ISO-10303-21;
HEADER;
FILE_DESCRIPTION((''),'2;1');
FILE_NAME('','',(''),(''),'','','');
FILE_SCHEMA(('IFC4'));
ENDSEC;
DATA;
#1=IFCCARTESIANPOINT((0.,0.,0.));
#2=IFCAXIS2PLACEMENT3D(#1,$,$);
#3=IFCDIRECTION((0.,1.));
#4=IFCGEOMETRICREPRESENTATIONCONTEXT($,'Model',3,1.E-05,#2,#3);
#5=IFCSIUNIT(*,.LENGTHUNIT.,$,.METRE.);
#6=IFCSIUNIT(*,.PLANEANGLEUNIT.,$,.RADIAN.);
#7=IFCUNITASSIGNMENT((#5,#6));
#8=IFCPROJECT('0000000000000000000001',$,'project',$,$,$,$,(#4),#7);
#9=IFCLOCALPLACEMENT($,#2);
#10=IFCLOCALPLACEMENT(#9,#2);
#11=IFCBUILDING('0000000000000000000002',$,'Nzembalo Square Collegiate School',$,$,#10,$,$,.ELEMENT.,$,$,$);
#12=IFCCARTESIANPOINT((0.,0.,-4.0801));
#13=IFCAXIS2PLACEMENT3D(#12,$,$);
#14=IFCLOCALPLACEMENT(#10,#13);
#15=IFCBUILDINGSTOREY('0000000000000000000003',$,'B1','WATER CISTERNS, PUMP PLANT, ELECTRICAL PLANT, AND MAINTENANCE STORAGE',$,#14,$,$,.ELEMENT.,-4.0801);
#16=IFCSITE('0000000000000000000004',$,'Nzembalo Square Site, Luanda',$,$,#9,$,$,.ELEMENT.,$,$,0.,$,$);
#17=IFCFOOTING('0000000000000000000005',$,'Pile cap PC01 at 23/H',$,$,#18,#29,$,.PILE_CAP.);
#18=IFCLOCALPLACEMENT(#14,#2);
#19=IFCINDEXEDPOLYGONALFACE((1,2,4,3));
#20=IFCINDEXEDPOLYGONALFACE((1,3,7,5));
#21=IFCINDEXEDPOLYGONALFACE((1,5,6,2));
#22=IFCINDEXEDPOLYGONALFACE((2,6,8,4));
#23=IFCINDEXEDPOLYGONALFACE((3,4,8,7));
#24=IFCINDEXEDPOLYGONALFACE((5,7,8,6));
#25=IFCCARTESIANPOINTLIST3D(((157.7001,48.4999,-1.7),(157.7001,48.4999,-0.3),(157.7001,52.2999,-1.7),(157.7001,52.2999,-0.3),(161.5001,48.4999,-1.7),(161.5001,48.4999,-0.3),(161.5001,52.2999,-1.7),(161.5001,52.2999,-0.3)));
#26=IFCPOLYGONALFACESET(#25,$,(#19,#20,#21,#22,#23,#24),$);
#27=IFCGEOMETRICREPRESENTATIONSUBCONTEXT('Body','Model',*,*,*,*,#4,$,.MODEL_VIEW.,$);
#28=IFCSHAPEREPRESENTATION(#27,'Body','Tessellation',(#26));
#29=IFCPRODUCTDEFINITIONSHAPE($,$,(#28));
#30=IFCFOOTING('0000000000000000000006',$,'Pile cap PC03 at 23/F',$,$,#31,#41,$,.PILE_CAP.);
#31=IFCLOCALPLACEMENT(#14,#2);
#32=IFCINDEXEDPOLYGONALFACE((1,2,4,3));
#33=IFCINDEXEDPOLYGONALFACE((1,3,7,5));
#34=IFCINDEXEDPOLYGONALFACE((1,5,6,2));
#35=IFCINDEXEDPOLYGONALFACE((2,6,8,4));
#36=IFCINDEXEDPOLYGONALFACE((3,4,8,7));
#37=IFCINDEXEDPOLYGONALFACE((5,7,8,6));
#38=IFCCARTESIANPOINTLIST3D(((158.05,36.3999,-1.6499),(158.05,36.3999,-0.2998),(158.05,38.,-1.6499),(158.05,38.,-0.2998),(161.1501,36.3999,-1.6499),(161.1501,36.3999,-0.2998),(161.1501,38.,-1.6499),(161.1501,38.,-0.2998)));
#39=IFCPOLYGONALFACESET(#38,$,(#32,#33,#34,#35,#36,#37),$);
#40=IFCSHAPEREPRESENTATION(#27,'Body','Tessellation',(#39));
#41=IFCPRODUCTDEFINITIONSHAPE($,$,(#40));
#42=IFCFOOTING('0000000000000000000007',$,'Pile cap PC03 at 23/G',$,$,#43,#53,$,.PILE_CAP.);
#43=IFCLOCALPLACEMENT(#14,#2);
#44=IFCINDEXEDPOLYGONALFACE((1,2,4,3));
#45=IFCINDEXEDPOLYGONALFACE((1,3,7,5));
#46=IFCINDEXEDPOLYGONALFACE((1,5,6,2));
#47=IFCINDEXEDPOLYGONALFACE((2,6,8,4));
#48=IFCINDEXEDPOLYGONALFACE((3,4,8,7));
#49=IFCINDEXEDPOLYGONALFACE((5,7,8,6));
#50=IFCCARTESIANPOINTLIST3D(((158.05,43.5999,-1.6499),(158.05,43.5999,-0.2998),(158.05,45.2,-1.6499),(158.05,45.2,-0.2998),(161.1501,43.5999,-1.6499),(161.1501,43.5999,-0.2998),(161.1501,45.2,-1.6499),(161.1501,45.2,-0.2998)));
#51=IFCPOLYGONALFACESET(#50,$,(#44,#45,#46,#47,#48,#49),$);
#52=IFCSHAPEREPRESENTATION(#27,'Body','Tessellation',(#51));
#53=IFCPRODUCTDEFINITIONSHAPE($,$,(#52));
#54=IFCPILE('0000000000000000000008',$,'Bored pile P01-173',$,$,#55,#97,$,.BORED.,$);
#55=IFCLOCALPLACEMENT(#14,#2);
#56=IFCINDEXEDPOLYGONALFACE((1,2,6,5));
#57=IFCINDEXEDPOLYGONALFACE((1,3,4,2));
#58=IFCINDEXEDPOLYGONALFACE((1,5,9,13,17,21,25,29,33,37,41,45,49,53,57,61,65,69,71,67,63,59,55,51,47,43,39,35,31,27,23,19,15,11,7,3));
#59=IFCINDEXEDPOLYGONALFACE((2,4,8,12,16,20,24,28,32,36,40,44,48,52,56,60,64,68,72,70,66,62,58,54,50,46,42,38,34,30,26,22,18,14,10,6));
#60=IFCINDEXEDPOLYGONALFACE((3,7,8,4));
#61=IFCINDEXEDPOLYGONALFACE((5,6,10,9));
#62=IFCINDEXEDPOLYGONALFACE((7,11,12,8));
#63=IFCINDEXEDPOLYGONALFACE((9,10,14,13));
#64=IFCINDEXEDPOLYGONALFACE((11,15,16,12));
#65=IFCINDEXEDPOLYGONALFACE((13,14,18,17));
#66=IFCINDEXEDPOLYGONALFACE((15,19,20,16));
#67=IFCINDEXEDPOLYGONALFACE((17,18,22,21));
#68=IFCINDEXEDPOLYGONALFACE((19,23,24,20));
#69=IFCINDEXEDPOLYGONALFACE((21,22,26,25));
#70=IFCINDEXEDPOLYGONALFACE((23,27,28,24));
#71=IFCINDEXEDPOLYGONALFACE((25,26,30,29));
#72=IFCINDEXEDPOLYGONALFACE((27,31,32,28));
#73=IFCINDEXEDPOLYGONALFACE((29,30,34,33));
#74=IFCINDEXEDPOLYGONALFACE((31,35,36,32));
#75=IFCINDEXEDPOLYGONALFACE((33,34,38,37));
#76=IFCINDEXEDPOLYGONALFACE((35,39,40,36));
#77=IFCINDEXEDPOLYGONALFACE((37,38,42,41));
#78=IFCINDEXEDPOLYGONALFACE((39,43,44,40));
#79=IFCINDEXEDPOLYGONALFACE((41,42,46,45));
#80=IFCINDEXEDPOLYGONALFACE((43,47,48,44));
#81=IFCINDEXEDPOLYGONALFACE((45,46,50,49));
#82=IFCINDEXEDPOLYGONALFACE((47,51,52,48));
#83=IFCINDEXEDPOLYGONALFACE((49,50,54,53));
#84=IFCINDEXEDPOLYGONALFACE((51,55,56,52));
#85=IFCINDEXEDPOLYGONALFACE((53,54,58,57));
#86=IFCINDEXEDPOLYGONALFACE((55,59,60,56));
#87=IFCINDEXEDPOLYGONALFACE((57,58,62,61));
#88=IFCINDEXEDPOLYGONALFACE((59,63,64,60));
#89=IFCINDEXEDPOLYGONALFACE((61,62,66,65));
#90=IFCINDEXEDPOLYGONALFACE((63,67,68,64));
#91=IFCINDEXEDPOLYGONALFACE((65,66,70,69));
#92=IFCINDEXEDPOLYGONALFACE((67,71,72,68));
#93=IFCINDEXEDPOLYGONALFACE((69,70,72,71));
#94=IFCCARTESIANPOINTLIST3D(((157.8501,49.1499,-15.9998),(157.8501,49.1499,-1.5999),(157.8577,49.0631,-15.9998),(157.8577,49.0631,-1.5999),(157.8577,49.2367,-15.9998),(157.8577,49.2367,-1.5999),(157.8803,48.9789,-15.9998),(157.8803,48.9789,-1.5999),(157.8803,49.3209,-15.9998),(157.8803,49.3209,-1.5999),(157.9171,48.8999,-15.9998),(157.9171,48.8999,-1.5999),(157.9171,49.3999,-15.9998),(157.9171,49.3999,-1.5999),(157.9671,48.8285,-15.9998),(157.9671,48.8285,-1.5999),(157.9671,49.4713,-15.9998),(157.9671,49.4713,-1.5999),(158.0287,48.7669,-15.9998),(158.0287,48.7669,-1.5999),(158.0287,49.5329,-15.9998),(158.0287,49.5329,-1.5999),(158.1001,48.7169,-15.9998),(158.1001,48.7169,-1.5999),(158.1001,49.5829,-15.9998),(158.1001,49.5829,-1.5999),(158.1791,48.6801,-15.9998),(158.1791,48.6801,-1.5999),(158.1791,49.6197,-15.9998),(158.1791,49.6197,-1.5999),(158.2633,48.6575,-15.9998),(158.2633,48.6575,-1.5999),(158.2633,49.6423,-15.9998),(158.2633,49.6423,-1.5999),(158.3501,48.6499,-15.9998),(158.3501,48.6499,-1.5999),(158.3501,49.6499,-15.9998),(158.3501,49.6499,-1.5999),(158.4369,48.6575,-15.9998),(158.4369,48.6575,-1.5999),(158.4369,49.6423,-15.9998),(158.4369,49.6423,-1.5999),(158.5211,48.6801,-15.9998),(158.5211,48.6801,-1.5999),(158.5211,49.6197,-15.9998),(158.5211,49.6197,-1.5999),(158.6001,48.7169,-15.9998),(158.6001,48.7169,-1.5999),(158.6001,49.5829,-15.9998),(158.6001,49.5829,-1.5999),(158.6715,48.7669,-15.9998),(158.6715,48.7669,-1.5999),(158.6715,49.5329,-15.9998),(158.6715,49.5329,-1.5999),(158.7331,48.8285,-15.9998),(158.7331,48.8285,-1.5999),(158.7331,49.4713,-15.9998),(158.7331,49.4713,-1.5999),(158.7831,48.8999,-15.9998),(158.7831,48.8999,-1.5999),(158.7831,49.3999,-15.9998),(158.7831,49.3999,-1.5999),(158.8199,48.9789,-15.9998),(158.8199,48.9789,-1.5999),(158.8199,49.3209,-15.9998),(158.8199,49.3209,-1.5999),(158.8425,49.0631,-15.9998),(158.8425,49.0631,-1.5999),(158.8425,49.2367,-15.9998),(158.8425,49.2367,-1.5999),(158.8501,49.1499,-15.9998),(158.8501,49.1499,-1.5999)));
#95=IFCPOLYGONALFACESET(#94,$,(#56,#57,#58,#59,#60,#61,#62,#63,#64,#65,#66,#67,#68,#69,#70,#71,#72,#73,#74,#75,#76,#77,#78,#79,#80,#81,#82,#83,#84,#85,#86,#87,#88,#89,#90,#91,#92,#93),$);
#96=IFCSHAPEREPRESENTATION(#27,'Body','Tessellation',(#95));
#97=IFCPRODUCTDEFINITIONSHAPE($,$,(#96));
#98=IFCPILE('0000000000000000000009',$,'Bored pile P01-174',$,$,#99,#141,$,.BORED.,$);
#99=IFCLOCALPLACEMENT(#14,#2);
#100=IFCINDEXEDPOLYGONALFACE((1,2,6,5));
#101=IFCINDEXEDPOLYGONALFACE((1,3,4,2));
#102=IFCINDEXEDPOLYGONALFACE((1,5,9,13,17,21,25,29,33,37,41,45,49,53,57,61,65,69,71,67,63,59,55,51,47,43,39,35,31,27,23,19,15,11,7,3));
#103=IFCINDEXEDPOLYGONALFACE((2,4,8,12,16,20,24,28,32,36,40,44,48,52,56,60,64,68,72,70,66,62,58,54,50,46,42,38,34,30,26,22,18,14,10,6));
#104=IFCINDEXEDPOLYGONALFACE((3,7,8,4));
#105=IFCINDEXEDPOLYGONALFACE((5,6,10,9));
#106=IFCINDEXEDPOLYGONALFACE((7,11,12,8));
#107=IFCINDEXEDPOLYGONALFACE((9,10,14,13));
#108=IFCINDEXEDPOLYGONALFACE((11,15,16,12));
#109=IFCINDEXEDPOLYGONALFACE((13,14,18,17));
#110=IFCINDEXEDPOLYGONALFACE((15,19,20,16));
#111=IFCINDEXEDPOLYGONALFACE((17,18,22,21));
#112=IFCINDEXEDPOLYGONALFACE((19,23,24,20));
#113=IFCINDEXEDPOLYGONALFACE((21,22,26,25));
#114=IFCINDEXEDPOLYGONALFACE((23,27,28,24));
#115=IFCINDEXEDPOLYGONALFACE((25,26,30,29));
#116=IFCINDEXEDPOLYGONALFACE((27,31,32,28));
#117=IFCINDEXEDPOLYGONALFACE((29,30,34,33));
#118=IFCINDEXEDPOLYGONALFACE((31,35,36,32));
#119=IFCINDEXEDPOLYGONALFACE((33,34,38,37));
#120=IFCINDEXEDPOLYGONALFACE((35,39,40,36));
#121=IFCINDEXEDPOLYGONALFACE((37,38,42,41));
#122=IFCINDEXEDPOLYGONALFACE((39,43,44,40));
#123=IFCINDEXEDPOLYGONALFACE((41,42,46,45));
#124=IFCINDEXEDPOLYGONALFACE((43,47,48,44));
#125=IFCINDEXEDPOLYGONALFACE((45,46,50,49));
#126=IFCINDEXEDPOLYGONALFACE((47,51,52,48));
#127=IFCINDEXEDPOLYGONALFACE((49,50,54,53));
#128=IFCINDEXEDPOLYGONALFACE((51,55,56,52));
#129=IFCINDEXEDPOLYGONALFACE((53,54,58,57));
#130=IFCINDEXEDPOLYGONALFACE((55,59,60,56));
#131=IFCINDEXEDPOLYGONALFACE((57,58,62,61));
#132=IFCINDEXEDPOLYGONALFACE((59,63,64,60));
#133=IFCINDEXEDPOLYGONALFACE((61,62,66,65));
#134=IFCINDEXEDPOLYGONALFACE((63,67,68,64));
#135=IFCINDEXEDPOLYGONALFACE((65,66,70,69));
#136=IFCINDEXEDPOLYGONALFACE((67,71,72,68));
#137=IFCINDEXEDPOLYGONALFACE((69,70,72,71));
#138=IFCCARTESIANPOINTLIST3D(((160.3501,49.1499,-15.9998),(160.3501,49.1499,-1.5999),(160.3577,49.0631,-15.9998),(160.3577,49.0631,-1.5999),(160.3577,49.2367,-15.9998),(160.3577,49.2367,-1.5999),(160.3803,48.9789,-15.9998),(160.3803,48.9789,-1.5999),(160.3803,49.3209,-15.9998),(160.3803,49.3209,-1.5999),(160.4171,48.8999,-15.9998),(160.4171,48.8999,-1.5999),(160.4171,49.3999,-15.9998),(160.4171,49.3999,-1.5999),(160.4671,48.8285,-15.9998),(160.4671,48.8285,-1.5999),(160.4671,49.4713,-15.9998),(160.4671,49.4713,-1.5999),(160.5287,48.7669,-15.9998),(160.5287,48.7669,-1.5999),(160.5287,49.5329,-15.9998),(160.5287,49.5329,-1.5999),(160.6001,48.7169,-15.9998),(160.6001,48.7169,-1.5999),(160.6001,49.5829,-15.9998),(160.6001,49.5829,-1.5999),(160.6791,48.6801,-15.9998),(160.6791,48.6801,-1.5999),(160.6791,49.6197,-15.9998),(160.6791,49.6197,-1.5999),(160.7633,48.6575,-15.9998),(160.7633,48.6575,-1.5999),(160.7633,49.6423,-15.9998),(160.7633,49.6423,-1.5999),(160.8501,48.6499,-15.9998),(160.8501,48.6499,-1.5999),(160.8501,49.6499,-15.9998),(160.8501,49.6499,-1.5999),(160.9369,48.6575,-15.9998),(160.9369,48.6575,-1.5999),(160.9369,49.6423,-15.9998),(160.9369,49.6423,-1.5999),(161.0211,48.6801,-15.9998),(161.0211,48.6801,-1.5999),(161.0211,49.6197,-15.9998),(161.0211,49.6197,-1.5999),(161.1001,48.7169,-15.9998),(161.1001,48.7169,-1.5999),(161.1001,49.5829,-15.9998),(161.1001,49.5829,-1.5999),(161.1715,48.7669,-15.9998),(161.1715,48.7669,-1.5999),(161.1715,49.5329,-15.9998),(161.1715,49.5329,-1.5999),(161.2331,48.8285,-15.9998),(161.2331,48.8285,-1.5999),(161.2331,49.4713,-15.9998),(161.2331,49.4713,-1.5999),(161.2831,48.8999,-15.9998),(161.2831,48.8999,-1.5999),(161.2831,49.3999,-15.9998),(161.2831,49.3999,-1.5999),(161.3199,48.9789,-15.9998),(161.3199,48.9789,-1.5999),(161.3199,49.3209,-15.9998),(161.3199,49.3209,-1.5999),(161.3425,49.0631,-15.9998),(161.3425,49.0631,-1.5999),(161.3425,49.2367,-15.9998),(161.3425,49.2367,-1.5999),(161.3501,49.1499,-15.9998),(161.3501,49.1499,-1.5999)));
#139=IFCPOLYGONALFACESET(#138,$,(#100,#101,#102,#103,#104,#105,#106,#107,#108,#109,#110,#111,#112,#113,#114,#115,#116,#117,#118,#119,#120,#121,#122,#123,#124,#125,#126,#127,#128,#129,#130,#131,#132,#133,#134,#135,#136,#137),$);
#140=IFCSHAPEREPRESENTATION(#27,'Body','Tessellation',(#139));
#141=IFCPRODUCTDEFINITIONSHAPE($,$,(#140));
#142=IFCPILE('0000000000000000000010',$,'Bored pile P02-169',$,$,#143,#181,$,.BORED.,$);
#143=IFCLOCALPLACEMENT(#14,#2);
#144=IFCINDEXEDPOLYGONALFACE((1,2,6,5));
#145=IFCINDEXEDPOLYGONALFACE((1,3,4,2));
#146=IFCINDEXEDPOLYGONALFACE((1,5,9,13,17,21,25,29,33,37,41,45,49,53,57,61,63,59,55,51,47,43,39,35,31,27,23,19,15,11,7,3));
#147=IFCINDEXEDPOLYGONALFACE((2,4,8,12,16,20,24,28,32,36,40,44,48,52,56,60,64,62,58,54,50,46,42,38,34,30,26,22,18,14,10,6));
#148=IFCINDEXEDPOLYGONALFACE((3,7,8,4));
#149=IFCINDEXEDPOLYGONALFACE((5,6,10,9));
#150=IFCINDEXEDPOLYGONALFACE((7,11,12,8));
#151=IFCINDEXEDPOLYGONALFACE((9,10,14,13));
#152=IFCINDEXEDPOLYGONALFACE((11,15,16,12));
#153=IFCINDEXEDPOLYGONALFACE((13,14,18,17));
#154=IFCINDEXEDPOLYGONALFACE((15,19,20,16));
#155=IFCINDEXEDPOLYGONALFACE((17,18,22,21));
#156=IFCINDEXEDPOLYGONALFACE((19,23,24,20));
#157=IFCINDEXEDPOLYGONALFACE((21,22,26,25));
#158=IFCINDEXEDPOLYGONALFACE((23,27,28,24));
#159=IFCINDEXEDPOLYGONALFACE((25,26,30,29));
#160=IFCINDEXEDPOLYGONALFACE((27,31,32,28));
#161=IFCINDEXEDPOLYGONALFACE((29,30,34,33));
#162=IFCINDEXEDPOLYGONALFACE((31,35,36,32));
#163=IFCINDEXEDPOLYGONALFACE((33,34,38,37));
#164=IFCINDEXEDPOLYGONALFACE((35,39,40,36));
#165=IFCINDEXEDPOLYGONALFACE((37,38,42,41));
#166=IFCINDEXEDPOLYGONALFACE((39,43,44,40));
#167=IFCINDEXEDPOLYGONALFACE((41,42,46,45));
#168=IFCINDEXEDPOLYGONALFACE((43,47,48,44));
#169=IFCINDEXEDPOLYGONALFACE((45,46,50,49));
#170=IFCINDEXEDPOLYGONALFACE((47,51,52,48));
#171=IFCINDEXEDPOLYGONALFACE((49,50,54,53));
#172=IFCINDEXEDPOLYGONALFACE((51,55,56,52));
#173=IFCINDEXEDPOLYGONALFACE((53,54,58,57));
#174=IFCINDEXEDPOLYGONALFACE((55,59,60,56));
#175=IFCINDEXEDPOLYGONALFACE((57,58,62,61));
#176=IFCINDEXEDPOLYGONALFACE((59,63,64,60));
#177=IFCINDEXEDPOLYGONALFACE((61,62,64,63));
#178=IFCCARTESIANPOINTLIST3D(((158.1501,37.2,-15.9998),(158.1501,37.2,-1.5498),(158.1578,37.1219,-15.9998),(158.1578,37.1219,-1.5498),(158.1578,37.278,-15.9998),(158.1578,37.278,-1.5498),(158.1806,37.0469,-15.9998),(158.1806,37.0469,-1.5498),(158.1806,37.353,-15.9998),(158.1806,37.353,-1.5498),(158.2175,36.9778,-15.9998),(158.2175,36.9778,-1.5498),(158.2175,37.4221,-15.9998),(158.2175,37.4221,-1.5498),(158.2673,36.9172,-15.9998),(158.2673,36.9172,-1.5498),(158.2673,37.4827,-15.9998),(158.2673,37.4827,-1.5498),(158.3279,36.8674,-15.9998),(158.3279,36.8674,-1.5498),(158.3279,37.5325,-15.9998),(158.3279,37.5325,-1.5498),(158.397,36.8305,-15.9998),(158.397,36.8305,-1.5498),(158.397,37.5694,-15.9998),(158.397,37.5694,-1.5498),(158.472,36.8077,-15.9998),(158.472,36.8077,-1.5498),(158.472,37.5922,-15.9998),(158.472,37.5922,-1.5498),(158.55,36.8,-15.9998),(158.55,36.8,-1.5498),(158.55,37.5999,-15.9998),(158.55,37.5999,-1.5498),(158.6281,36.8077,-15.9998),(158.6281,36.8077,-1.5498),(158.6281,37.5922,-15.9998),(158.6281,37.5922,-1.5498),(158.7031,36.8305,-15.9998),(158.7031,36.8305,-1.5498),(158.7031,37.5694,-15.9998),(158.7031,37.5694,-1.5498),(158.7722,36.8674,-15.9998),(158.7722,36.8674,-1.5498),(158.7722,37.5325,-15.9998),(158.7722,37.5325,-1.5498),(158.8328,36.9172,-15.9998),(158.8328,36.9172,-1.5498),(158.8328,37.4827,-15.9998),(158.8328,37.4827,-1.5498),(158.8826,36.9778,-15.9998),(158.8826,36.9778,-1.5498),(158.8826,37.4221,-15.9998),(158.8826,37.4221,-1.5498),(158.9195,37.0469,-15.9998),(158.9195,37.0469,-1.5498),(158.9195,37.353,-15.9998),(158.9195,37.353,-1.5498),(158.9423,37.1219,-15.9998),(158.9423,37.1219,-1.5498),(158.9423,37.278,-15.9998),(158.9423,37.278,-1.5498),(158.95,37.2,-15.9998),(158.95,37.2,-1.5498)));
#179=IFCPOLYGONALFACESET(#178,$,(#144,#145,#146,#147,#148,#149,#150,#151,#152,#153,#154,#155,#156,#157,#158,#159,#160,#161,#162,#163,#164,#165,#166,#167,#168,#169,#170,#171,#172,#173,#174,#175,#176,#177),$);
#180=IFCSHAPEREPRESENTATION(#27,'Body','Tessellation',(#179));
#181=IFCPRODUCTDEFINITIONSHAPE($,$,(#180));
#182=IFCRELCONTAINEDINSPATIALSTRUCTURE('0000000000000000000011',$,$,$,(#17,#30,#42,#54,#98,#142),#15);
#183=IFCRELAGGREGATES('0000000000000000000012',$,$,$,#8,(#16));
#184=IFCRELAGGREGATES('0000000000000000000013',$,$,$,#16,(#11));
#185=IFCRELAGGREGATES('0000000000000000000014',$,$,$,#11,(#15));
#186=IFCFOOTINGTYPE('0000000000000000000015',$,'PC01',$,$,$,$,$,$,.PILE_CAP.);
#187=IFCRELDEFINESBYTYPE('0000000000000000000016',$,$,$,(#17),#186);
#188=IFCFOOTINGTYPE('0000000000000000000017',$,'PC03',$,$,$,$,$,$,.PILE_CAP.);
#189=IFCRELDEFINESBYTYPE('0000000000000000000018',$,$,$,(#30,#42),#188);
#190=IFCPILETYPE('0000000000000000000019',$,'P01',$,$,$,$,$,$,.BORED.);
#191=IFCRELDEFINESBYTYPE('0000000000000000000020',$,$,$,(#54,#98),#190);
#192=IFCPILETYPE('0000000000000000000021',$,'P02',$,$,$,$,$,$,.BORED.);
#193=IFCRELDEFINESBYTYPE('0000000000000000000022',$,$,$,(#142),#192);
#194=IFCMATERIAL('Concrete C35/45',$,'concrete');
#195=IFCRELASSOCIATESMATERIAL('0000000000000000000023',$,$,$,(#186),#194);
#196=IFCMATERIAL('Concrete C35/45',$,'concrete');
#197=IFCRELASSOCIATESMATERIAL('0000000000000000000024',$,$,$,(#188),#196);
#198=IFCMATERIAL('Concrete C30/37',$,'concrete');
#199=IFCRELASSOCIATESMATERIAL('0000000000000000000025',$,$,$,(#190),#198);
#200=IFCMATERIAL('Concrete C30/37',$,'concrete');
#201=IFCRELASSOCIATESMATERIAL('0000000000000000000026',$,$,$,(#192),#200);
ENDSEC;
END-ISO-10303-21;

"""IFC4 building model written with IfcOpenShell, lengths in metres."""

from ifc_helpers import new_model, si_unit, direction, frame, origin, origin_2d, place, context, subcontext, project, spatial, rectangle, circle, extrude, material, material_profile, profile_set, type_object, element, save


model = new_model("IFC4")

# Units and contexts
model_context = context("Model", 3, precision=1e-05, world=origin(), true_north=direction((0.0, 1.0)))
body_context = subcontext(model_context, "Body", "Model", "MODEL_VIEW")
ifc_project = project(units=[si_unit("LENGTHUNIT", "METRE"), si_unit("PLANEANGLEUNIT", "RADIAN")], contexts=[model_context])

# Site, building, storey
site_placement = place(None, origin())
site = spatial("IfcSite", under=ifc_project, at=site_placement, Name="Nzembalo Square Site, Luanda", CompositionType="ELEMENT", RefElevation=0.0)
building_placement = place(site_placement, origin())
building = spatial("IfcBuilding", under=site, at=building_placement, Name="Nzembalo Square Collegiate School", CompositionType="ELEMENT")
storey_placement = place(building_placement, frame((0.0, 0.0, -4.0801)))
storey = spatial("IfcBuildingStorey", under=building, at=storey_placement, Name="B1", Description="WATER CISTERNS, PUMP PLANT, ELECTRICAL PLANT, AND MAINTENANCE STORAGE", CompositionType="ELEMENT", Elevation=-4.0801)

# Footings
ifc_material_1 = material(Name="Concrete C35/45", Category="concrete")
footing_type_1 = type_object("IfcFootingType", Name="PC01", PredefinedType="PILE_CAP", material=ifc_material_1)
footing_placement = place(storey_placement, frame((159.6001, 50.3999, -1.7), z_axis=(0.0, 0.0, 1.0), x_axis=(1.0, 0.0, 0.0)))
element("IfcFooting", 1, at=footing_placement, inside=storey, type_object=footing_type_1, Name="Pile cap PC01 at 23/H", PredefinedType="PILE_CAP", context=body_context, shape_type="SweptSolid", body=[
    extrude(rectangle(XDim=3.8, YDim=3.8, at=origin_2d()), origin(), (0.0, 0.0, 1.0), 1.3999),
])
ifc_material_2 = material(Name="Concrete C35/45", Category="concrete")
footing_type_2 = type_object("IfcFootingType", Name="PC03", PredefinedType="PILE_CAP", material=ifc_material_2)
for number, where, z_axis, x_axis, name in (
    (2, (159.6001, 37.2, -1.6499), (0.0, 0.0, 1.0), (1.0, 0.0, 0.0), "Pile cap PC03 at 23/F"),
    (3, (159.6001, 44.3999, -1.6499), (0.0, 0.0, 1.0), (1.0, 0.0, 0.0), "Pile cap PC03 at 23/G"),
):
    element("IfcFooting", number, at=place(storey_placement, frame(where, z_axis=z_axis, x_axis=x_axis)), inside=storey, type_object=footing_type_2, Name=name, PredefinedType="PILE_CAP", context=body_context, shape_type="SweptSolid", body=[
        extrude(rectangle(XDim=3.1001, YDim=1.6001, at=origin_2d()), origin(), (0.0, 0.0, 1.0), 1.3501),
    ])

# Piles
ifc_material_3 = material(Name="Concrete C30/37", Category="concrete")
ifc_material_profile_1 = material_profile(ifc_material_3, circle(Radius=0.5, at=origin_2d()), Name="PILE D1000")
ifc_profile_set_1 = profile_set([ifc_material_profile_1], Name="Concrete C30/37")
pile_type_1 = type_object("IfcPileType", Name="P01", PredefinedType="BORED", material=ifc_profile_set_1)
for number, where, z_axis, x_axis, name in (
    (4, (158.3501, 49.1499, -1.5999), (0.0, 0.0, -1.0), (1.0, 0.0, 0.0), "Bored pile P01-173"),
    (5, (160.8501, 49.1499, -1.5999), (0.0, 0.0, -1.0), (1.0, 0.0, 0.0), "Bored pile P01-174"),
):
    element("IfcPile", number, at=place(storey_placement, frame(where, z_axis=z_axis, x_axis=x_axis)), inside=storey, type_object=pile_type_1, Name=name, PredefinedType="BORED", context=body_context, shape_type="SweptSolid", body=[
        extrude(circle(Radius=0.5, at=origin_2d()), origin(), (0.0, 0.0, 1.0), 14.3999),
    ])
ifc_material_4 = material(Name="Concrete C30/37", Category="concrete")
ifc_material_profile_2 = material_profile(ifc_material_4, circle(Radius=0.3999, at=origin_2d()), Name="PILE D800")
ifc_profile_set_2 = profile_set([ifc_material_profile_2], Name="Concrete C30/37")
pile_type_2 = type_object("IfcPileType", Name="P02", PredefinedType="BORED", material=ifc_profile_set_2)
for number, where, z_axis, x_axis, name in (
    (6, (158.55, 37.2, -1.5498), (0.0, 0.0, -1.0), (1.0, 0.0, 0.0), "Bored pile P02-169"),
):
    element("IfcPile", number, at=place(storey_placement, frame(where, z_axis=z_axis, x_axis=x_axis)), inside=storey, type_object=pile_type_2, Name=name, PredefinedType="BORED", context=body_context, shape_type="SweptSolid", body=[
        extrude(circle(Radius=0.3999, at=origin_2d()), origin(), (0.0, 0.0, 1.0), 14.45),
    ])

save(model, "model.ifc")
